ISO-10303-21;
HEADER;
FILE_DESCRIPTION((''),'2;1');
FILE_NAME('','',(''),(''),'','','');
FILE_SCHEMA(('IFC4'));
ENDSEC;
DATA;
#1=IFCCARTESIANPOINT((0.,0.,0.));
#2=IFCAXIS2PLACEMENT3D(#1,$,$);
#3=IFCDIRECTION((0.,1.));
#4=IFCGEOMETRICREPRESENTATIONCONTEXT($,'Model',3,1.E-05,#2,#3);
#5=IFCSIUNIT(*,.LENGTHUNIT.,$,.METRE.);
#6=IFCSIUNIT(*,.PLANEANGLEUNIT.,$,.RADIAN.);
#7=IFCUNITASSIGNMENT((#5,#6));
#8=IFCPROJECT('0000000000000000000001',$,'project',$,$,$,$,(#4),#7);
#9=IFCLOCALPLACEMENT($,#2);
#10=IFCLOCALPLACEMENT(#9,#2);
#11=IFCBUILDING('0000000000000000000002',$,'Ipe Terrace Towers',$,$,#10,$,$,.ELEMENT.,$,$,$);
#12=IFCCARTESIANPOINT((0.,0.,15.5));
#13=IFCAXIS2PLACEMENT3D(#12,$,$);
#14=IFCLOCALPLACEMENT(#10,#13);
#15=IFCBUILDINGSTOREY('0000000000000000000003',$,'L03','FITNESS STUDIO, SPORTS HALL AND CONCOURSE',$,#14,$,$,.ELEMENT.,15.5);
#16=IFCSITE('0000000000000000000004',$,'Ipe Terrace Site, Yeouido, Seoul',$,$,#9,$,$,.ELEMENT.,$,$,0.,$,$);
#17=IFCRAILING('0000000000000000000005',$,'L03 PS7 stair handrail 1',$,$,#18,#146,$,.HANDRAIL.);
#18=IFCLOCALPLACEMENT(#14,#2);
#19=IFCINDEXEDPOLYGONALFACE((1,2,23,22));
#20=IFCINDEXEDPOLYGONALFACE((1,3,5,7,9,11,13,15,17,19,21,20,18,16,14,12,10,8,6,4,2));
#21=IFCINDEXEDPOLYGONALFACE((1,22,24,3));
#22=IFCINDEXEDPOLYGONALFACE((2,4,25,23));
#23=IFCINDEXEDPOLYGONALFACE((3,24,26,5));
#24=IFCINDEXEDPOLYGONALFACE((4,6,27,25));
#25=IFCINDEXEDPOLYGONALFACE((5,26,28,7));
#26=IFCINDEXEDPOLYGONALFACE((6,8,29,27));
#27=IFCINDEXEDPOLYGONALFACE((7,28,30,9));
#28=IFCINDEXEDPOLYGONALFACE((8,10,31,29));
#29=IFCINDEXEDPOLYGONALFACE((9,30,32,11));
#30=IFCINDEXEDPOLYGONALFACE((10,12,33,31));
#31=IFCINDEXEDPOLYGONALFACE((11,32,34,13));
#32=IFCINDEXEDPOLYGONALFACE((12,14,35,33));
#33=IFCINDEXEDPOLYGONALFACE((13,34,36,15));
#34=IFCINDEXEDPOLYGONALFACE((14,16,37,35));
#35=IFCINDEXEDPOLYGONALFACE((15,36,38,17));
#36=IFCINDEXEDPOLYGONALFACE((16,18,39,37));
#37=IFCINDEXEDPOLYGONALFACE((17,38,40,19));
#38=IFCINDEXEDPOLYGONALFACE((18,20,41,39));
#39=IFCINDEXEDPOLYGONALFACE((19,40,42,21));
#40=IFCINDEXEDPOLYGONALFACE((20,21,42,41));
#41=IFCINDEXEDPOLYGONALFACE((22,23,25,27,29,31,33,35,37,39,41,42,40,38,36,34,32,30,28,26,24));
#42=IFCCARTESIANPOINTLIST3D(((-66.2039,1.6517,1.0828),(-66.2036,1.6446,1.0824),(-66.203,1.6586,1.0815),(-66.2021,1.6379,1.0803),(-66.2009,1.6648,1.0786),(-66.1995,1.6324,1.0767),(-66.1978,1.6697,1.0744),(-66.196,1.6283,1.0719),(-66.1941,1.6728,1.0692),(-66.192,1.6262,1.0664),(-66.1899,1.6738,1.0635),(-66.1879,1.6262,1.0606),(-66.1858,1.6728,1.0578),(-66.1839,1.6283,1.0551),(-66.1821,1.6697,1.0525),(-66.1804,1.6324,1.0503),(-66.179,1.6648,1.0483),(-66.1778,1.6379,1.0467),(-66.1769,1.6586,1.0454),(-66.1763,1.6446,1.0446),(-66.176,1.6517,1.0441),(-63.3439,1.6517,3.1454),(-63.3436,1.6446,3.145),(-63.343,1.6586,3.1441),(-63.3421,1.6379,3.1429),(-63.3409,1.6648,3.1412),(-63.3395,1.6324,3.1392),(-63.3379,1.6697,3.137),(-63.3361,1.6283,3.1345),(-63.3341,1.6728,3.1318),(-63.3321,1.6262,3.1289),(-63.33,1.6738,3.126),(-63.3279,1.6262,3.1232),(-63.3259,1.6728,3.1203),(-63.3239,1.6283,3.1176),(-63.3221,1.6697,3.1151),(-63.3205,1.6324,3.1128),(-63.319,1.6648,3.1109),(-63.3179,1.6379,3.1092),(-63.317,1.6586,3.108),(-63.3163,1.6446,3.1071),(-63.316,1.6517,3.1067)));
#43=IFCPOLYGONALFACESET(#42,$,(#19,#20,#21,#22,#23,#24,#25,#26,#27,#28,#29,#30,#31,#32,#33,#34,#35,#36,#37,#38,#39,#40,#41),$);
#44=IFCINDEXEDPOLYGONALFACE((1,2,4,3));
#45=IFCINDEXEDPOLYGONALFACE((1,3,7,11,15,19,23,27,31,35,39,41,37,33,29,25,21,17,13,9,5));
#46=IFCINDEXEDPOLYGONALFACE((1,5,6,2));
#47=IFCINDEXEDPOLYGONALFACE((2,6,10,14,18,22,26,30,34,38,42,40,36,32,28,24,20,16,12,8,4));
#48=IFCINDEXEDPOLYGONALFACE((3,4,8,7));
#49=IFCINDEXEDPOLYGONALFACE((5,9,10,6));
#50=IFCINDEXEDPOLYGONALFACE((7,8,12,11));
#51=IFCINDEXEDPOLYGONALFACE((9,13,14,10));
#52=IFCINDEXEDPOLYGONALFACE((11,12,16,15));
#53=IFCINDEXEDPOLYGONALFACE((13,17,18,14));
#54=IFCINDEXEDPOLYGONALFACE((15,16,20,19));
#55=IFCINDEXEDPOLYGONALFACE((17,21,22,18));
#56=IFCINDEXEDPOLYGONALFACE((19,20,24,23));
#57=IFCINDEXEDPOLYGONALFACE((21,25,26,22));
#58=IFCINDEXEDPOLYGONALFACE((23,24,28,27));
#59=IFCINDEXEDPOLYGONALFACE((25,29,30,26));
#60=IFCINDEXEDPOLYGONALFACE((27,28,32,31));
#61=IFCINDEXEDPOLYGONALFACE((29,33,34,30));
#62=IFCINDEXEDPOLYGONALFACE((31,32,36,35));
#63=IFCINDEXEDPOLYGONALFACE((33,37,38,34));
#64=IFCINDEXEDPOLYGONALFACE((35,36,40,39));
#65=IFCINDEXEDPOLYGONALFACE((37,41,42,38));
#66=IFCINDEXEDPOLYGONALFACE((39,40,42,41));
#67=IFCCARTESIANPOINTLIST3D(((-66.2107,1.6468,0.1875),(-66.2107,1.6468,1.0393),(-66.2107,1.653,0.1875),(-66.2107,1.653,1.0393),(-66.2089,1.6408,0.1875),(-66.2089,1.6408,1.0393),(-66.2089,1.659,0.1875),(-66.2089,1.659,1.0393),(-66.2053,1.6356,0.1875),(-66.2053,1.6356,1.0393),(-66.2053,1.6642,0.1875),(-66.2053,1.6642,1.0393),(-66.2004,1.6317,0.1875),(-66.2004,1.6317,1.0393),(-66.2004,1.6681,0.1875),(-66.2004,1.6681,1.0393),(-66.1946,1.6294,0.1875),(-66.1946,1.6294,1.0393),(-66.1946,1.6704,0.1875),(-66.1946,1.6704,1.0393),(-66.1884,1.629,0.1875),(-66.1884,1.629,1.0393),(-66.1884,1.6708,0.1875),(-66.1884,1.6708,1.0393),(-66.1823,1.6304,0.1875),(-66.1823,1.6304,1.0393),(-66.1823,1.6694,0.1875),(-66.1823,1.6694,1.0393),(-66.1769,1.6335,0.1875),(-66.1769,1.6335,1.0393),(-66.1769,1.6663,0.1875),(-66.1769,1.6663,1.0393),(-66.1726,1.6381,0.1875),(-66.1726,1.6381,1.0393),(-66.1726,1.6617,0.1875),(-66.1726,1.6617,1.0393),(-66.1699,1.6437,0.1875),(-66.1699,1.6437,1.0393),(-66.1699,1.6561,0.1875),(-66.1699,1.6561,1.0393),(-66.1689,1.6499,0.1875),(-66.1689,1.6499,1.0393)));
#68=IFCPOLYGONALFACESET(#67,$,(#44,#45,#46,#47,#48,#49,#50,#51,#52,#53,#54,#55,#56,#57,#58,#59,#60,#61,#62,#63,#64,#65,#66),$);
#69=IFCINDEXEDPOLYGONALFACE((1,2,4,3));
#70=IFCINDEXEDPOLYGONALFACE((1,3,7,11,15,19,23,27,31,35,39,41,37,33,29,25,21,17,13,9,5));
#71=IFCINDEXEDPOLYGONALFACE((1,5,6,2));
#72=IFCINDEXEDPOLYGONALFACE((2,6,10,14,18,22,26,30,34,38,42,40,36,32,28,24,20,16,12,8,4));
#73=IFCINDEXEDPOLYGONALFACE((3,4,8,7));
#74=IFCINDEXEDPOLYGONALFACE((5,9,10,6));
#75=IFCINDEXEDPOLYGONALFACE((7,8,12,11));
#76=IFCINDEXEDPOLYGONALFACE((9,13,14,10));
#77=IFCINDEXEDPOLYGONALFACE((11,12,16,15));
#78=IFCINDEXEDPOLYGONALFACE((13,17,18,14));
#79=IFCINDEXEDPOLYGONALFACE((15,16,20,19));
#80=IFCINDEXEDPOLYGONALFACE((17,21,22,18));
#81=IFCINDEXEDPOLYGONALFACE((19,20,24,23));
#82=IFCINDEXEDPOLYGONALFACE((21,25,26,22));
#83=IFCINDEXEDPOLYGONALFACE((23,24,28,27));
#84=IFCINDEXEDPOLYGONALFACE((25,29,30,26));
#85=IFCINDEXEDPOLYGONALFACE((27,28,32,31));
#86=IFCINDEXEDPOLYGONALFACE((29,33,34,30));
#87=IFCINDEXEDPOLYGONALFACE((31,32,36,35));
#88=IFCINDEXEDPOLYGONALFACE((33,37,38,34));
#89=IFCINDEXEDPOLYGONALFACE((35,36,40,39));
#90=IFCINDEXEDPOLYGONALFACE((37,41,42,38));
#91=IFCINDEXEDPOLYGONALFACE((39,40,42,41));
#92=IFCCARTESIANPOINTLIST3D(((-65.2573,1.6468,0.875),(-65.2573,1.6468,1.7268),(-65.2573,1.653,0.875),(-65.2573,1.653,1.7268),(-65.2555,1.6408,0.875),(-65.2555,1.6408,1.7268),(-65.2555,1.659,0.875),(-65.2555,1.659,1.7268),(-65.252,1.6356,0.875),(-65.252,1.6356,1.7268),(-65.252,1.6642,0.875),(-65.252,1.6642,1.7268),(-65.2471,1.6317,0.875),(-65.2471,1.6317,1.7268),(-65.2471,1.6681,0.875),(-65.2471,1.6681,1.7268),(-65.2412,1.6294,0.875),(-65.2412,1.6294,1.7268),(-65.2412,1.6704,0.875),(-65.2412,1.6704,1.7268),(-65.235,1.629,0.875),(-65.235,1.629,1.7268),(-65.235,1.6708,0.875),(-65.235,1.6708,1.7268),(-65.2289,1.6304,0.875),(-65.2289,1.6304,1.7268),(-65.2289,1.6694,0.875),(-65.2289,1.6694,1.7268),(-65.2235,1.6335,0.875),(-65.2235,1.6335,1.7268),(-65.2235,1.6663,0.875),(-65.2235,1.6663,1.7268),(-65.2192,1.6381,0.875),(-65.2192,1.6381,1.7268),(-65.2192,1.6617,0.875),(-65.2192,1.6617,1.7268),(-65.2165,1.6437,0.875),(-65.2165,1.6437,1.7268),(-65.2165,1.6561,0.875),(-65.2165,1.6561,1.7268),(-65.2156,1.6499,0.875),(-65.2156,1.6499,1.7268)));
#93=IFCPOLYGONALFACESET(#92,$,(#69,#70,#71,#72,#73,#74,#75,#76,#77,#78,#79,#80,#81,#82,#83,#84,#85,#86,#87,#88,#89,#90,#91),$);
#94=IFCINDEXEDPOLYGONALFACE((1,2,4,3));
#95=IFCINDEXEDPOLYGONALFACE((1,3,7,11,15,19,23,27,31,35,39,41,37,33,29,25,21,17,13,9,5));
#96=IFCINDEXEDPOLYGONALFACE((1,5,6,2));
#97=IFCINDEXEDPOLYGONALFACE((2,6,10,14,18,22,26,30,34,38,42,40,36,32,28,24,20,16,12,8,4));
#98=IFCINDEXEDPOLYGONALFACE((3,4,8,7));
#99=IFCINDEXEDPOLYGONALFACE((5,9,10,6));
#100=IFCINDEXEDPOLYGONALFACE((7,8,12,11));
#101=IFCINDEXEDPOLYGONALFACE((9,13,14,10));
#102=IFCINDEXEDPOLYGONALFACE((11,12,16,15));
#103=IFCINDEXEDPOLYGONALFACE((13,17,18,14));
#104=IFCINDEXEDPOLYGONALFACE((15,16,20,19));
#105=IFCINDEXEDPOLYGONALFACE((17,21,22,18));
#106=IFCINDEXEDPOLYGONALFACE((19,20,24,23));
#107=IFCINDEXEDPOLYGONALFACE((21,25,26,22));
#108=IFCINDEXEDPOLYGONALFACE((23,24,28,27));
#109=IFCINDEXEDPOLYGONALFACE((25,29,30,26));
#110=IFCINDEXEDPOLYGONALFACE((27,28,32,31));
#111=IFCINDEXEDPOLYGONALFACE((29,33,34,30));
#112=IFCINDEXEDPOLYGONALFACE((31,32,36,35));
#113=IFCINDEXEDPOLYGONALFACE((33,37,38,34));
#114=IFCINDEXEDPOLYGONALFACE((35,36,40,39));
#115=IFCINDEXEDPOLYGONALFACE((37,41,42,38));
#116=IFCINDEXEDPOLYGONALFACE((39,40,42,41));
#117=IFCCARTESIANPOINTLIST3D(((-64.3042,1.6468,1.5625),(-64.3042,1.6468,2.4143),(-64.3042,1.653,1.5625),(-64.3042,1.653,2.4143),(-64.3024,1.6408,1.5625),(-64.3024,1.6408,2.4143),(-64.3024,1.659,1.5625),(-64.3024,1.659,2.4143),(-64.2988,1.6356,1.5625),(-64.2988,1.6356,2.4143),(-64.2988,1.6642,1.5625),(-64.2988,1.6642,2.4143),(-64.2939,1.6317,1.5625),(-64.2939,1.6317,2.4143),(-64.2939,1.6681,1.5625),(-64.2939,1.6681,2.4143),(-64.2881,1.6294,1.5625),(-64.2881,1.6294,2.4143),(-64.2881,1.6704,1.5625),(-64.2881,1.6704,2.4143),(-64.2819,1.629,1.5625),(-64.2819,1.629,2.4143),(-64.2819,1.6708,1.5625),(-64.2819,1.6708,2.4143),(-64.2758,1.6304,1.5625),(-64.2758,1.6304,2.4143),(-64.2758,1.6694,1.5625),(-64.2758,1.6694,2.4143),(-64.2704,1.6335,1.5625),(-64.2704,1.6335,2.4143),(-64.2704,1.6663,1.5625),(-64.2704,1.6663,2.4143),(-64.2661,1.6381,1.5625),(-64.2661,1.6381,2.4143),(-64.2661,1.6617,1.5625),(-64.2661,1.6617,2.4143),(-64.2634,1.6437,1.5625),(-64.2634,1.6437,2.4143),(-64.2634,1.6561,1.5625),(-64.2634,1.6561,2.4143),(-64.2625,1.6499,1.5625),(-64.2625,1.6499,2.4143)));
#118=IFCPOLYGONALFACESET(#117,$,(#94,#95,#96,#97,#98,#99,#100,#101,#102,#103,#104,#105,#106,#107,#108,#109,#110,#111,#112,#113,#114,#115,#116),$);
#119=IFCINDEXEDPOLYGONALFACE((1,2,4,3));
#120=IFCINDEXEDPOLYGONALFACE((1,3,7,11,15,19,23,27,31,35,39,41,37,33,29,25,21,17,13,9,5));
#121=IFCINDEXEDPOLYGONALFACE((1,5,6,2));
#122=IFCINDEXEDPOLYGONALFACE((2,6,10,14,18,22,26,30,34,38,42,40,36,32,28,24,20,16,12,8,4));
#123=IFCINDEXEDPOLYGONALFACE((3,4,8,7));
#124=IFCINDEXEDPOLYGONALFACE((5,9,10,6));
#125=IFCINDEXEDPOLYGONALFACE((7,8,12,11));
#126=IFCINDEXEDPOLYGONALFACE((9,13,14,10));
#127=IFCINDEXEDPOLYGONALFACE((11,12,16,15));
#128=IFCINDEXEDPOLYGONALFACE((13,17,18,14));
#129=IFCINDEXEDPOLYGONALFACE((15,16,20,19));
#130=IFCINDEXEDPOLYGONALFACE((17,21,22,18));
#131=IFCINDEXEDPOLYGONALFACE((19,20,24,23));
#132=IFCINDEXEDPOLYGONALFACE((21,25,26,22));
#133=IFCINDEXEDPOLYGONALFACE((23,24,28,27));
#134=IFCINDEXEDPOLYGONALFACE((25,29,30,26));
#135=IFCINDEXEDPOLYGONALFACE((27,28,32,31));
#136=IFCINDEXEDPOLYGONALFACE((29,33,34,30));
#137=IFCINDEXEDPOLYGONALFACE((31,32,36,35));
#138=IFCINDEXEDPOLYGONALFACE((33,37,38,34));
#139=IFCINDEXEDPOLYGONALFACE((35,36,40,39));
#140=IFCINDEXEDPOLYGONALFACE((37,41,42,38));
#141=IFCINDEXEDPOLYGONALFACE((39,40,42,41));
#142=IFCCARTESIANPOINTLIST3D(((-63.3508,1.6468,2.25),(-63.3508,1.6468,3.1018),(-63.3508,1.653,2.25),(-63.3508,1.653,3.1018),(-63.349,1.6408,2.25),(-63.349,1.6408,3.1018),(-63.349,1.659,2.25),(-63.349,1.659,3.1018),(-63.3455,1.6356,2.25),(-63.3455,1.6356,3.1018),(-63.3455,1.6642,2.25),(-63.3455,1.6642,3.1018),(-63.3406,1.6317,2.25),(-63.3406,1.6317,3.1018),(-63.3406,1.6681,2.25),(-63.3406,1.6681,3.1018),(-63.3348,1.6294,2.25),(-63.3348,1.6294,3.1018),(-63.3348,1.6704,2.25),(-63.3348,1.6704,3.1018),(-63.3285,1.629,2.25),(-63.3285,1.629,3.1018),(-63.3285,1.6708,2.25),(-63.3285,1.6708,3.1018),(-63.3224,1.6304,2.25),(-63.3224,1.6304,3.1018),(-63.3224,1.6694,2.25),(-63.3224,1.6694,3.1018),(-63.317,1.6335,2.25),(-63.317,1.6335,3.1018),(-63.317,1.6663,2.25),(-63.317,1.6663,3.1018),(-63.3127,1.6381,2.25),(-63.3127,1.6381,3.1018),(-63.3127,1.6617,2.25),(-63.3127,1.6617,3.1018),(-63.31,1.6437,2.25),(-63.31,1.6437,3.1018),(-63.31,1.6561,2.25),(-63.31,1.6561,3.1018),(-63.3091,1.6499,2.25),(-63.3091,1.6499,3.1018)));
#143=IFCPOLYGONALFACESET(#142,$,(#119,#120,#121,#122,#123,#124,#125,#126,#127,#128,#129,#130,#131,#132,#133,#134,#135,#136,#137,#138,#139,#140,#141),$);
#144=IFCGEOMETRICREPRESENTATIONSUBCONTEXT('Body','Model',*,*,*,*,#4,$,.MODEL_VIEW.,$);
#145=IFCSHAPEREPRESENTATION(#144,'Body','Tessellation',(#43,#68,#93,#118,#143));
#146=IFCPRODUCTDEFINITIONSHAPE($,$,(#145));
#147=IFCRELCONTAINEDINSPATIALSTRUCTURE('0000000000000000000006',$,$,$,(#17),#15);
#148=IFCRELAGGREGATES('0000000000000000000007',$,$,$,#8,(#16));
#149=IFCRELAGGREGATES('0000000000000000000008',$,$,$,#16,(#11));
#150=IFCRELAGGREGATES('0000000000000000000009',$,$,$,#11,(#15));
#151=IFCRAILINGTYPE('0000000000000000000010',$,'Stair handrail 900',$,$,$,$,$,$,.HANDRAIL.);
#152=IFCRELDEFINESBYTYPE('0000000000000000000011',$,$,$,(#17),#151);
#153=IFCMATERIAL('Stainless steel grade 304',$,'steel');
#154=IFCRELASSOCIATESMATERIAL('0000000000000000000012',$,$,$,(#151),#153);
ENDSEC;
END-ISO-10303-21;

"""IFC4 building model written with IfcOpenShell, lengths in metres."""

from ifc_helpers import new_model, si_unit, direction, frame, origin, origin_2d, place, context, subcontext, project, spatial, circle, extrude, material, type_object, element, save


model = new_model("IFC4")

# Units and contexts
model_context = context("Model", 3, precision=1e-05, world=origin(), true_north=direction((0.0, 1.0)))
body_context = subcontext(model_context, "Body", "Model", "MODEL_VIEW")
ifc_project = project(units=[si_unit("LENGTHUNIT", "METRE"), si_unit("PLANEANGLEUNIT", "RADIAN")], contexts=[model_context])

# Site, building, storey
site_placement = place(None, origin())
site = spatial("IfcSite", under=ifc_project, at=site_placement, Name="Ipe Terrace Site, Yeouido, Seoul", CompositionType="ELEMENT", RefElevation=0.0)
building_placement = place(site_placement, origin())
building = spatial("IfcBuilding", under=site, at=building_placement, Name="Ipe Terrace Towers", CompositionType="ELEMENT")
storey_placement = place(building_placement, frame((0.0, 0.0, 15.5)))
storey = spatial("IfcBuildingStorey", under=building, at=storey_placement, Name="L03", Description="FITNESS STUDIO, SPORTS HALL AND CONCOURSE", CompositionType="ELEMENT", Elevation=15.5)

# Railing
ifc_material_1 = material(Name="Stainless steel grade 304", Category="steel")
railing_type_1 = type_object("IfcRailingType", Name="Stair handrail 900", PredefinedType="HANDRAIL", material=ifc_material_1)
railing_1_placement = place(storey_placement, frame((-66.1899, 1.6499, 0.1875)))
element("IfcRailing", 1, at=railing_1_placement, inside=storey, type_object=railing_type_1, Name="L03 PS7 stair handrail 1", PredefinedType="HANDRAIL", context=body_context, shape_type="SweptSolid", body=[
    extrude(circle(Radius=0.0239, at=origin_2d()), frame((0.0, 0.0, 0.876), z_axis=(0.811077, 0.0, 0.584939), x_axis=(0.0, 1.0, 0.0)), (0.0, 0.0, 1.0), 3.5261),
    extrude(circle(Radius=0.021, at=origin_2d()), origin(), (0.0, 0.0, 1.0), 0.8518),
    extrude(circle(Radius=0.021, at=origin_2d()), frame((0.9534, 0.0, 0.6875)), (0.0, 0.0, 1.0), 0.8518),
    extrude(circle(Radius=0.021, at=origin_2d()), frame((1.9065, 0.0, 1.375)), (0.0, 0.0, 1.0), 0.8518),
    extrude(circle(Radius=0.021, at=origin_2d()), frame((2.8599, 0.0, 2.0625)), (0.0, 0.0, 1.0), 0.8518),
])

save(model, "model.ifc")
